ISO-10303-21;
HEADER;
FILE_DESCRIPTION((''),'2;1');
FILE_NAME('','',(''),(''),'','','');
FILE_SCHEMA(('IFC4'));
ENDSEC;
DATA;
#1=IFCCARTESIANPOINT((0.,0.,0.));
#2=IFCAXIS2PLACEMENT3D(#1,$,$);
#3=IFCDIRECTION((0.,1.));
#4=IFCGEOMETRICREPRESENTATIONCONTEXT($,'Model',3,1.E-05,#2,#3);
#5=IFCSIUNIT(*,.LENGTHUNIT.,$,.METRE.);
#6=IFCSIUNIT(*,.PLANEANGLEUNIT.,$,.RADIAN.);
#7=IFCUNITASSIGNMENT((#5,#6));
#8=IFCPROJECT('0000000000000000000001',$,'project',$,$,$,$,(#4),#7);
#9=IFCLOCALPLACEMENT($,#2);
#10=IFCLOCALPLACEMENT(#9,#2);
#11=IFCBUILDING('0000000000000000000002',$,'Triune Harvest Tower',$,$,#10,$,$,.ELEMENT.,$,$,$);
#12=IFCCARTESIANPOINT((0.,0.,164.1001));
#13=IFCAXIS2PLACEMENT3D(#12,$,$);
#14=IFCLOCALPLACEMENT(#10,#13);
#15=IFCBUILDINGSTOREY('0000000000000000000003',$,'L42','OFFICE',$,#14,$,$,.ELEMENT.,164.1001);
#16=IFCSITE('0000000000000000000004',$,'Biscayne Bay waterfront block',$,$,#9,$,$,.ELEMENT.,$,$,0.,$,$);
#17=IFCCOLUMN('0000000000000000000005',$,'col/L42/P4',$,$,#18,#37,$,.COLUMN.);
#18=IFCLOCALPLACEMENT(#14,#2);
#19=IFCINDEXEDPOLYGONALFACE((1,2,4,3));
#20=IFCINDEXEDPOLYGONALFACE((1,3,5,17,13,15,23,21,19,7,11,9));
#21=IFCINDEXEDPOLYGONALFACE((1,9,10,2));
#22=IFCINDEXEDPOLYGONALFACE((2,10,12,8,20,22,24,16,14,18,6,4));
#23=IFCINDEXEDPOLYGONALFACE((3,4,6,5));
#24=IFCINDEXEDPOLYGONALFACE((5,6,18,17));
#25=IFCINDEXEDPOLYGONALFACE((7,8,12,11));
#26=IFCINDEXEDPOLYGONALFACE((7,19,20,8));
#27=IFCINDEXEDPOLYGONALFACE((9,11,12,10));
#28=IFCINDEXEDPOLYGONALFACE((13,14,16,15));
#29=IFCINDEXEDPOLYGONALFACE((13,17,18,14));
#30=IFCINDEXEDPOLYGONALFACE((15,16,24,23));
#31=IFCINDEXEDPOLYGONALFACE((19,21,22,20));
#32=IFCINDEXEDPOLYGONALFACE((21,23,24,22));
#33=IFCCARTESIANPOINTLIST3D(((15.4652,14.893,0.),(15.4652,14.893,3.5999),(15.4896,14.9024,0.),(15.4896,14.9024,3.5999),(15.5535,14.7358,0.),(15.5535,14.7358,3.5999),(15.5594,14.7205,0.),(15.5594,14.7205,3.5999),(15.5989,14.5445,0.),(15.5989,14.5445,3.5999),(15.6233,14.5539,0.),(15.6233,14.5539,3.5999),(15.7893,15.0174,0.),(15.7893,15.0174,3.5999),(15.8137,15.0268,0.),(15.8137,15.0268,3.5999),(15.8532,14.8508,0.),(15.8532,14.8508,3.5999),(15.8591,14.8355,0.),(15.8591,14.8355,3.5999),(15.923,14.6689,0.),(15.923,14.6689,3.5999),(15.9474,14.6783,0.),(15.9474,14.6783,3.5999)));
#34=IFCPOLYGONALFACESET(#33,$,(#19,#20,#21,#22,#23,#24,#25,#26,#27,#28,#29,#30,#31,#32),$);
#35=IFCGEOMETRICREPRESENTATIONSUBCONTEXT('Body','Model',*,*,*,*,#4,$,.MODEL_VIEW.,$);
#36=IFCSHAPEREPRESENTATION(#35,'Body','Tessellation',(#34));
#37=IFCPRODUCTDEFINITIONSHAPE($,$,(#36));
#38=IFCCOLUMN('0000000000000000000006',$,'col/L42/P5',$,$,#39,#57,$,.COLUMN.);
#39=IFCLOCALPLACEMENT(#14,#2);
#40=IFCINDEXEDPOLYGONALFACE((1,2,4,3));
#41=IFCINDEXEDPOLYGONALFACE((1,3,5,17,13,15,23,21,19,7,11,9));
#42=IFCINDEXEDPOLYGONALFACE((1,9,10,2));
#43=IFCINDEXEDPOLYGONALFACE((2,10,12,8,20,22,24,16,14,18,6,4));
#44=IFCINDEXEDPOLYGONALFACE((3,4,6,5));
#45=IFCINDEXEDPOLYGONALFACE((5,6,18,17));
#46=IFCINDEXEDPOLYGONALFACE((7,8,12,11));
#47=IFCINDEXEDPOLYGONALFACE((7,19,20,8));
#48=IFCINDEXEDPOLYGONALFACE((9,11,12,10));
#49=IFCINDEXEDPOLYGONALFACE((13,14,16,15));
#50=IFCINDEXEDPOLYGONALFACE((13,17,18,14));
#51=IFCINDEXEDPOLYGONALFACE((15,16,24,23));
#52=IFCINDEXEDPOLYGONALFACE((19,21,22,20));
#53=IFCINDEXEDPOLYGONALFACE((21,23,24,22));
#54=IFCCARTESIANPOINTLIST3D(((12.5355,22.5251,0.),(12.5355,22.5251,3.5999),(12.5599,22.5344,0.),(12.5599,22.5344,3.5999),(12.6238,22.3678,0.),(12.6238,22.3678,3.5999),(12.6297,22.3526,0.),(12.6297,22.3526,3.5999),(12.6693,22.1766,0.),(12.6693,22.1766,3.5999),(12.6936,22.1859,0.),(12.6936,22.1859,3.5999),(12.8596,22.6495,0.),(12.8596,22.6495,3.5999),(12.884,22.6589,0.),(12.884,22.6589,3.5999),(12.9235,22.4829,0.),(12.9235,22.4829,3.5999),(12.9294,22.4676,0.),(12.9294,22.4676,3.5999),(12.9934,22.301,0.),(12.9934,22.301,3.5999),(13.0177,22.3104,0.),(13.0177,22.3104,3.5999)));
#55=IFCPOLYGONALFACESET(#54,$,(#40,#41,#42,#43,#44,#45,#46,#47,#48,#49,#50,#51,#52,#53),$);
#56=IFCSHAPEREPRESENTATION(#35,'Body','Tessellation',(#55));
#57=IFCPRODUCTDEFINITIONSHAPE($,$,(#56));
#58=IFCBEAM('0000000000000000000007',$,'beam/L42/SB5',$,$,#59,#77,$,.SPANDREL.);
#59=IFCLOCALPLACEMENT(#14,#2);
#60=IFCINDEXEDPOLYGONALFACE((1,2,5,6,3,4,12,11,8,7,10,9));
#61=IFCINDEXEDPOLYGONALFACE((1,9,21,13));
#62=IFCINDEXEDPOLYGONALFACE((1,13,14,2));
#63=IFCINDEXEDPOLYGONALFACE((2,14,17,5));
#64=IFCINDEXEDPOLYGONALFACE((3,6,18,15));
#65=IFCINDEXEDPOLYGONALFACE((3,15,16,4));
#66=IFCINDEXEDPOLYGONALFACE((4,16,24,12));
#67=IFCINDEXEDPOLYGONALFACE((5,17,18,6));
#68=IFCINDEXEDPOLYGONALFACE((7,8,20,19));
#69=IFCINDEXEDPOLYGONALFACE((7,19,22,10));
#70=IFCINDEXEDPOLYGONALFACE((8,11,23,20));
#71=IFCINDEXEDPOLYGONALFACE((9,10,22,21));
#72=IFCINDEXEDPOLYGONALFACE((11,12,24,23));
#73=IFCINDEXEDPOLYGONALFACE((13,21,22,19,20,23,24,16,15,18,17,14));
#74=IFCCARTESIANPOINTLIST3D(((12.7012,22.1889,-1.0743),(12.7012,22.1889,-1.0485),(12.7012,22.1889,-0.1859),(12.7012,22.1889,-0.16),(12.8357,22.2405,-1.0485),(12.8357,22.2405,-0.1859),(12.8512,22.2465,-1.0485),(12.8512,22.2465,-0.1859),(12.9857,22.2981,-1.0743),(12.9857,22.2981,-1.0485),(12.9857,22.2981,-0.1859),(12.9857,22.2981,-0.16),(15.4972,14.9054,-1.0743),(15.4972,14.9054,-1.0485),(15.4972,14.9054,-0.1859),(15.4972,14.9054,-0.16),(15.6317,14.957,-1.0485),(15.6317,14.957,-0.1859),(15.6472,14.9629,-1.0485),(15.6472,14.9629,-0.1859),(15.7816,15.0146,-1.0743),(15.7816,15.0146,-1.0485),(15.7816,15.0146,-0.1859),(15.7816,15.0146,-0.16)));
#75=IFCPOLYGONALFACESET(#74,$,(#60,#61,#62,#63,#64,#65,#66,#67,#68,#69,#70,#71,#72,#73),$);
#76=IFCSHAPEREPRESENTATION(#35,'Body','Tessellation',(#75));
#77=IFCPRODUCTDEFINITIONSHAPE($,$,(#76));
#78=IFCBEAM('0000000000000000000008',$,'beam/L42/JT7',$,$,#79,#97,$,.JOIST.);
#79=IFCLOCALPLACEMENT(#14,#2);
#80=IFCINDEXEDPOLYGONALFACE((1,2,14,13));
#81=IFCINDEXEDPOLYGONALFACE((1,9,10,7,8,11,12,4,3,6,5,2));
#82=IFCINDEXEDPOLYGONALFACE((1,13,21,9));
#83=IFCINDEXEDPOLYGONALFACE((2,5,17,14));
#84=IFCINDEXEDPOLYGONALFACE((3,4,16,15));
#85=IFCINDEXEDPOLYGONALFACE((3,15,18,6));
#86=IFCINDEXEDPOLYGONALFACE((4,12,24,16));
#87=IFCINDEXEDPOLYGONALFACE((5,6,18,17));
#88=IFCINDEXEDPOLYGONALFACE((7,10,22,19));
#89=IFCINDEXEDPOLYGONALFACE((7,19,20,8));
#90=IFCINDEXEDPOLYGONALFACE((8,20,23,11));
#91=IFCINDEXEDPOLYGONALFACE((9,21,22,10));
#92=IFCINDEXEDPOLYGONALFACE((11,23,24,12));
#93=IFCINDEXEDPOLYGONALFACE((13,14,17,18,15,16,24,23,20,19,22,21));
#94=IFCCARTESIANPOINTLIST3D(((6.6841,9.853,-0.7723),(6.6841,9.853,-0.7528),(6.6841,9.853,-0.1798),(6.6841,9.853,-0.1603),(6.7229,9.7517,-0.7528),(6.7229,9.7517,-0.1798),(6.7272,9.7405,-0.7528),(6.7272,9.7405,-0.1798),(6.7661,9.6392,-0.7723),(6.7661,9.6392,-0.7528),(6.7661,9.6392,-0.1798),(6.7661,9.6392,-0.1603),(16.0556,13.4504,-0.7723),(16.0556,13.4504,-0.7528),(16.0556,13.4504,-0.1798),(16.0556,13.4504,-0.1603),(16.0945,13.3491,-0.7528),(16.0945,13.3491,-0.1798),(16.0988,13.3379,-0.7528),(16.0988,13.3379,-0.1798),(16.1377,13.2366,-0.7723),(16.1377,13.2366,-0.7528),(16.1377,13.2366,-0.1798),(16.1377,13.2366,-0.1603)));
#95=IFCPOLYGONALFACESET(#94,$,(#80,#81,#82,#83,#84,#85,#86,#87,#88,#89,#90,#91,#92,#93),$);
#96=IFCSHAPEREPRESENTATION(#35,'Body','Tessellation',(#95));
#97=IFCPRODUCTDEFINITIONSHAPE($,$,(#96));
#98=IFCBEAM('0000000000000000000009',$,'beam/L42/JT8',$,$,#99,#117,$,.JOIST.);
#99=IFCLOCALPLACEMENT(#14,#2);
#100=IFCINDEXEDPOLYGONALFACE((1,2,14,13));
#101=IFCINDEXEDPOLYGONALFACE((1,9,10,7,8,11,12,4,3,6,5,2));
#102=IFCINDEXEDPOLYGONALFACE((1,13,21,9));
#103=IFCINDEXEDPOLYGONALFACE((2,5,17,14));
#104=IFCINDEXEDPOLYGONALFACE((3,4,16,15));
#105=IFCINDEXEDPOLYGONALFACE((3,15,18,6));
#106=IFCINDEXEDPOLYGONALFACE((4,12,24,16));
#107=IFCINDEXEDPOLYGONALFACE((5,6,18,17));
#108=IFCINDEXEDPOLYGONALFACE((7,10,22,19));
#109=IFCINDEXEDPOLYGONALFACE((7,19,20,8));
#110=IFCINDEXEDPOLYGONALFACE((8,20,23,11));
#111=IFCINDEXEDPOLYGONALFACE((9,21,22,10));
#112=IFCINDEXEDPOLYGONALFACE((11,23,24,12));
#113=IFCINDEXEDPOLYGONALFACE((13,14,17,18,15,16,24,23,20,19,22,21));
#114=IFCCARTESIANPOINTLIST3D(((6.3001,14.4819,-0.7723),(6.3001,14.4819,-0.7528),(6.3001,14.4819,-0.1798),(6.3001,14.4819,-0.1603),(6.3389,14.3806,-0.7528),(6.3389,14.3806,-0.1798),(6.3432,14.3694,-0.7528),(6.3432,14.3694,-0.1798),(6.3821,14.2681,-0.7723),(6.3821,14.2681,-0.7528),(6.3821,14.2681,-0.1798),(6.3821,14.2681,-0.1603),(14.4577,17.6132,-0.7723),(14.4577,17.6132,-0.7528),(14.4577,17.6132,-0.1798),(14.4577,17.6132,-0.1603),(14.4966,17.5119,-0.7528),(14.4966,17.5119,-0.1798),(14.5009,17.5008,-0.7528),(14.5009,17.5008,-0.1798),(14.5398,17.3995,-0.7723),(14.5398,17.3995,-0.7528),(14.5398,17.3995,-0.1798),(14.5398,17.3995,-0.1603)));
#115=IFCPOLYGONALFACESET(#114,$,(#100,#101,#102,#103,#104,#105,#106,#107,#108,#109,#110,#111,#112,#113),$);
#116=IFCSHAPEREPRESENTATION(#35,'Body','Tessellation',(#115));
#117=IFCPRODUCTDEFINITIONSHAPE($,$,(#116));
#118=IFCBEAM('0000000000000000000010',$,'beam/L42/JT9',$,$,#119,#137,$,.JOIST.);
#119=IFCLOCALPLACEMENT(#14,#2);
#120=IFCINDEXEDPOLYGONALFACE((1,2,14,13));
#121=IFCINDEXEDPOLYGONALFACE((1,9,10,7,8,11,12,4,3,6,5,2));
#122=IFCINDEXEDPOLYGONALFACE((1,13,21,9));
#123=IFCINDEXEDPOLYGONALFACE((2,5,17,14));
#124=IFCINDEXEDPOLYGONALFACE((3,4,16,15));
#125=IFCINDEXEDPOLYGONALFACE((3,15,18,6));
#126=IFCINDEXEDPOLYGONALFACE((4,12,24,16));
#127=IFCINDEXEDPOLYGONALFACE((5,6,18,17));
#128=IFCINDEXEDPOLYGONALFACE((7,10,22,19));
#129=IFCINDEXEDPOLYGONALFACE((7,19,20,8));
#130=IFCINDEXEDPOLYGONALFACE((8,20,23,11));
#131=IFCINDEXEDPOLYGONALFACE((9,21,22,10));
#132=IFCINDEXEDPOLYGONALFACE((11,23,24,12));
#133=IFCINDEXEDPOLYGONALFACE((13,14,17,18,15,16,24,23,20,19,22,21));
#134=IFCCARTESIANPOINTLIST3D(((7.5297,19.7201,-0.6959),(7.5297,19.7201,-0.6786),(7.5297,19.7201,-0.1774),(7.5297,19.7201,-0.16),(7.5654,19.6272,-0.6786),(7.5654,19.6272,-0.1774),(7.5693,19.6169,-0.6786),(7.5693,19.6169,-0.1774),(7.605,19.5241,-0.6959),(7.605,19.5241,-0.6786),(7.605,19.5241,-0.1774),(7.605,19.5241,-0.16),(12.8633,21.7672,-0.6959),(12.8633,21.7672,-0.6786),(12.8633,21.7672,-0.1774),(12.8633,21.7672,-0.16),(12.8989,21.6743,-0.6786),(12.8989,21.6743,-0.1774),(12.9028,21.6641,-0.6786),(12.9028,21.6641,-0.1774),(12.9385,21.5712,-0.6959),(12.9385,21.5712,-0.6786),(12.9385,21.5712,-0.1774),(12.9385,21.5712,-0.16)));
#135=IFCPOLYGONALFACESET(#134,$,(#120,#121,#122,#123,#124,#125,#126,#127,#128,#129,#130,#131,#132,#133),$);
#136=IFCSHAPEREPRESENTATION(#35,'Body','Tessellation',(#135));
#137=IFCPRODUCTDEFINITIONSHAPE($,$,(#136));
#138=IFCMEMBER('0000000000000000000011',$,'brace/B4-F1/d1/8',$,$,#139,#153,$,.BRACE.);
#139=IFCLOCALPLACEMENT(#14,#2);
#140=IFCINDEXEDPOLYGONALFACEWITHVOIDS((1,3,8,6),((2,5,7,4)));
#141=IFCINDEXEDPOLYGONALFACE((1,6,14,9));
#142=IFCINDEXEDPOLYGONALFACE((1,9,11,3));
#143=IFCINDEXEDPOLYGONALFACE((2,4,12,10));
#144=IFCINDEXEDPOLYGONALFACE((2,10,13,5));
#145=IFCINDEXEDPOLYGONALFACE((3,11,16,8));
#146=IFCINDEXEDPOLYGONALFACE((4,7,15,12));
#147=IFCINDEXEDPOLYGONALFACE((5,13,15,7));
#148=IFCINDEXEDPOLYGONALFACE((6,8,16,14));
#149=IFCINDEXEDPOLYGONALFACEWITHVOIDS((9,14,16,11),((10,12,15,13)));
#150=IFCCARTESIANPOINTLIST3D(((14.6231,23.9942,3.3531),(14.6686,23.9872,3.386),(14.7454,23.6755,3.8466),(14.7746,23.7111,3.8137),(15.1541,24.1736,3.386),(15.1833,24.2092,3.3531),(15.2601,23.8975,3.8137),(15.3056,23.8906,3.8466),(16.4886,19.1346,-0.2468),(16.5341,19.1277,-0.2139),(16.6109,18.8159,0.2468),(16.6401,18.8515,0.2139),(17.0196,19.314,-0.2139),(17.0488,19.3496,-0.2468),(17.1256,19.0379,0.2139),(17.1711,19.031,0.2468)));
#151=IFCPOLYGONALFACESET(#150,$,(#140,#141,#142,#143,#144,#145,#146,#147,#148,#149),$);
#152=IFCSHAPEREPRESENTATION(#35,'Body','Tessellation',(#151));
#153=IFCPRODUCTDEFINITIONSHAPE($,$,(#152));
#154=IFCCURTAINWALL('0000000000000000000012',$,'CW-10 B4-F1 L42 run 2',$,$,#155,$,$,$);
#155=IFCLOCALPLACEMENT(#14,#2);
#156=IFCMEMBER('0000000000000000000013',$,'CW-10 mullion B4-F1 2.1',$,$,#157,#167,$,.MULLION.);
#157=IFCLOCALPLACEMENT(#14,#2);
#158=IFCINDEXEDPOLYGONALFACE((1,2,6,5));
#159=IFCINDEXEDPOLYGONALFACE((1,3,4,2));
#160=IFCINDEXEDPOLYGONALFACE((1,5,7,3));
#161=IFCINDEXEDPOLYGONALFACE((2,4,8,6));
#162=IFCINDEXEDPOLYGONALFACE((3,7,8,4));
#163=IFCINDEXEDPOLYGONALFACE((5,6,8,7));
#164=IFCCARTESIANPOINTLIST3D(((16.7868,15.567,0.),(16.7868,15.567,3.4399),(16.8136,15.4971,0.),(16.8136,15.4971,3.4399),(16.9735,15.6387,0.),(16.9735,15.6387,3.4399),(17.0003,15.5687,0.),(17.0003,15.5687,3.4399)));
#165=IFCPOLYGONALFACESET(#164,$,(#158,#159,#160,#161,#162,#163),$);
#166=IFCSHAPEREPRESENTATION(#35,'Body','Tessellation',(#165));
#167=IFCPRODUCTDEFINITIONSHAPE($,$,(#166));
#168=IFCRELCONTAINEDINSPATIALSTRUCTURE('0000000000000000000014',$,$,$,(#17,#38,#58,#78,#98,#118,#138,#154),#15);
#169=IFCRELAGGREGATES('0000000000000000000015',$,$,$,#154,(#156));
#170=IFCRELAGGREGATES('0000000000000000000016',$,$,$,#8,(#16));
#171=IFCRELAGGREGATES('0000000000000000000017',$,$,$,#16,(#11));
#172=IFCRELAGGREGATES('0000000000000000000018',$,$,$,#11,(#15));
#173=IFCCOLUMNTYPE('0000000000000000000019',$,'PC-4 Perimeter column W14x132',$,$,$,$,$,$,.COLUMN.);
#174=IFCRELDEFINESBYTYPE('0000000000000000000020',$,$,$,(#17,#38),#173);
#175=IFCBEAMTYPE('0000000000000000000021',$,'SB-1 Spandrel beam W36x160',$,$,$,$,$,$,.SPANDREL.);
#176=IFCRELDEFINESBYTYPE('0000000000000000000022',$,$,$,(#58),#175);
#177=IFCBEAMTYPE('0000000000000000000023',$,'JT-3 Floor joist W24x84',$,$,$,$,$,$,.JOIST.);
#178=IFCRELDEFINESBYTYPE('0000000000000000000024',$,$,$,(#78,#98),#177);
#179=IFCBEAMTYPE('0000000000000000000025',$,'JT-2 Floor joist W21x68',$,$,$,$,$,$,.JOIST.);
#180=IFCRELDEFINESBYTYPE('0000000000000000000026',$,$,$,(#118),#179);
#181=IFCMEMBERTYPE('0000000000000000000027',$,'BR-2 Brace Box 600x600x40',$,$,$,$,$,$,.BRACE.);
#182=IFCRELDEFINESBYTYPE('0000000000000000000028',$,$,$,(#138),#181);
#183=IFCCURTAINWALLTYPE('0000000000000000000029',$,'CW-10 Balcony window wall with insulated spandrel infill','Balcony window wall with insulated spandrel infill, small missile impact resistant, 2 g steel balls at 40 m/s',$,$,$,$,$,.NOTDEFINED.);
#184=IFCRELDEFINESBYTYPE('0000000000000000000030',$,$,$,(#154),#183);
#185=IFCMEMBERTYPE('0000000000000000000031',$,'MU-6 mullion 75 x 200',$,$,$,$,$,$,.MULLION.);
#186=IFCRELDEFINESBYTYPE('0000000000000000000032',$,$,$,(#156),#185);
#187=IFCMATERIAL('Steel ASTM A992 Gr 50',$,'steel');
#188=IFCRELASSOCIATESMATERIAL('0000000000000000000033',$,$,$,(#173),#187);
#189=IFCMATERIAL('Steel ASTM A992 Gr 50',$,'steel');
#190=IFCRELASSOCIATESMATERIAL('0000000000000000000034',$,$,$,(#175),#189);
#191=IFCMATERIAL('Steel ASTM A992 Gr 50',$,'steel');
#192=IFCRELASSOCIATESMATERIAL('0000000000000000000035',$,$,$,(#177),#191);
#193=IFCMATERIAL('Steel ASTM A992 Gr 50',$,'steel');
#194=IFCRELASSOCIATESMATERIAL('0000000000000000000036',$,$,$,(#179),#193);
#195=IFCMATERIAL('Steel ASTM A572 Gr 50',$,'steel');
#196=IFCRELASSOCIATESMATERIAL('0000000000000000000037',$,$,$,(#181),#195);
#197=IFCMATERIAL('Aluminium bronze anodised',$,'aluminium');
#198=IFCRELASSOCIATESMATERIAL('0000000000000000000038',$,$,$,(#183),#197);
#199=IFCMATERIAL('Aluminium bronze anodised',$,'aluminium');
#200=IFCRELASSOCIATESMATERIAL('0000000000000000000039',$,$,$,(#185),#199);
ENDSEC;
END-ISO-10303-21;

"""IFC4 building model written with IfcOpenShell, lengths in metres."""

from ifc_helpers import new_model, si_unit, direction, frame, origin, origin_2d, place, context, subcontext, project, spatial, rectangle, hollow_rectangle, i_section, extrude, source, transform, mapped, material, material_profile, profile_set, type_object, element, aggregate, save


model = new_model("IFC4")

# Units and contexts
model_context = context("Model", 3, precision=1e-05, world=origin(), true_north=direction((0.0, 1.0)))
body_context = subcontext(model_context, "Body", "Model", "MODEL_VIEW")
ifc_project = project(units=[si_unit("LENGTHUNIT", "METRE"), si_unit("PLANEANGLEUNIT", "RADIAN")], contexts=[model_context])

# Site, building, storey
site_placement = place(None, origin())
site = spatial("IfcSite", under=ifc_project, at=site_placement, Name="Biscayne Bay waterfront block", CompositionType="ELEMENT", RefElevation=0.0)
building_placement = place(site_placement, origin())
building = spatial("IfcBuilding", under=site, at=building_placement, Name="Triune Harvest Tower", CompositionType="ELEMENT")
storey_placement = place(building_placement, frame((0.0, 0.0, 164.1001)))
storey = spatial("IfcBuildingStorey", under=building, at=storey_placement, Name="L42", Description="OFFICE", CompositionType="ELEMENT", Elevation=164.1001)

# Columns
ifc_material_1 = material(Name="Steel ASTM A992 Gr 50", Category="steel")
ifc_material_profile_1 = material_profile(ifc_material_1, i_section(OverallWidth=0.3733, OverallDepth=0.3733, WebThickness=0.0164, FlangeThickness=0.0261, at=origin_2d()), Name="W14x132")
ifc_profile_set_1 = profile_set([ifc_material_profile_1], Name="Steel ASTM A992 Gr 50")
column_type = type_object("IfcColumnType", Name="PC-4 Perimeter column W14x132", PredefinedType="COLUMN", material=ifc_profile_set_1)
shared_shape_1 = source(origin(), body_context, "Body", "SweptSolid", [
    extrude(i_section(OverallWidth=0.3733, OverallDepth=0.3733, WebThickness=0.0164, FlangeThickness=0.0261, at=origin_2d()), origin(), (0.0, 0.0, 1.0), 3.5999),
])
for number, where, z_axis, x_axis, name in (
    (1, (15.7063, 14.7856, 0.0), (0.0, 0.0, 1.0), (-0.358368, 0.93358, 0.0), "col/L42/P4"),
    (2, (12.7766, 22.4177, 0.0), (0.0, 0.0, 1.0), (-0.358368, 0.93358, 0.0), "col/L42/P5"),
):
    element("IfcColumn", number, at=place(storey_placement, frame(where, z_axis=z_axis, x_axis=x_axis)), inside=storey, type_object=column_type, Name=name, PredefinedType="COLUMN", context=body_context, shape_type="MappedRepresentation", body=[
        mapped(shared_shape_1, transform((0.0, 0.0, 0.0), scale=1.0)),
    ])

# Beams
ifc_material_2 = material(Name="Steel ASTM A992 Gr 50", Category="steel")
ifc_material_profile_2 = material_profile(ifc_material_2, i_section(OverallWidth=0.3047, OverallDepth=0.9143, WebThickness=0.0166, FlangeThickness=0.0259, at=origin_2d()), Name="W36x160")
ifc_profile_set_2 = profile_set([ifc_material_profile_2], Name="Steel ASTM A992 Gr 50")
beam_type_1 = type_object("IfcBeamType", Name="SB-1 Spandrel beam W36x160", PredefinedType="SPANDREL", material=ifc_profile_set_2)
shared_shape_2 = source(origin(), body_context, "Body", "SweptSolid", [
    extrude(i_section(OverallWidth=0.3047, OverallDepth=0.9143, WebThickness=0.0166, FlangeThickness=0.0259, at=origin_2d()), origin(), (0.0, 0.0, 1.0), 7.8018),
])
beam_1_placement = place(storey_placement, frame((15.6394, 14.96, -0.6172), z_axis=(-0.358373, 0.933578, 0.0), x_axis=(-0.933578, -0.358373, 0.0)))
element("IfcBeam", 3, at=beam_1_placement, inside=storey, type_object=beam_type_1, Name="beam/L42/SB5", PredefinedType="SPANDREL", context=body_context, shape_type="MappedRepresentation", body=[
    mapped(shared_shape_2, transform((0.0, 0.0, 0.0), scale=1.0)),
])
ifc_material_3 = material(Name="Steel ASTM A992 Gr 50", Category="steel")
ifc_material_profile_3 = material_profile(ifc_material_3, i_section(OverallWidth=0.229, OverallDepth=0.6121, WebThickness=0.012, FlangeThickness=0.0195, at=origin_2d()), Name="W24x84")
ifc_profile_set_3 = profile_set([ifc_material_profile_3], Name="Steel ASTM A992 Gr 50")
beam_type_2 = type_object("IfcBeamType", Name="JT-3 Floor joist W24x84", PredefinedType="JOIST", material=ifc_profile_set_3)
shared_shape_3 = source(origin(), body_context, "Body", "SweptSolid", [
    extrude(i_section(OverallWidth=0.229, OverallDepth=0.6121, WebThickness=0.012, FlangeThickness=0.0195, at=origin_2d()), origin(), (0.0, 0.0, 1.0), 10.0383),
])
beam_2_placement = place(storey_placement, frame((16.0967, 13.3435, -0.4663), z_axis=(-0.93358, -0.358368, 0.0), x_axis=(0.358368, -0.93358, 0.0)))
element("IfcBeam", 4, at=beam_2_placement, inside=storey, type_object=beam_type_2, Name="beam/L42/JT7", PredefinedType="JOIST", context=body_context, shape_type="MappedRepresentation", body=[
    mapped(shared_shape_3, transform((0.0, 0.0, 0.0), scale=1.0)),
])
shared_shape_4 = source(origin(), body_context, "Body", "SweptSolid", [
    extrude(i_section(OverallWidth=0.229, OverallDepth=0.6121, WebThickness=0.012, FlangeThickness=0.0195, at=origin_2d()), origin(), (0.0, 0.0, 1.0), 8.738),
])
beam_3_placement = place(storey_placement, frame((14.4988, 17.5063, -0.4663), z_axis=(-0.933584, -0.358357, 0.0), x_axis=(0.358357, -0.933584, 0.0)))
element("IfcBeam", 5, at=beam_3_placement, inside=storey, type_object=beam_type_2, Name="beam/L42/JT8", PredefinedType="JOIST", context=body_context, shape_type="MappedRepresentation", body=[
    mapped(shared_shape_4, transform((0.0, 0.0, 0.0), scale=1.0)),
])
ifc_material_4 = material(Name="Steel ASTM A992 Gr 50", Category="steel")
ifc_material_profile_4 = material_profile(ifc_material_4, i_section(OverallWidth=0.21, OverallDepth=0.5359, WebThickness=0.011, FlangeThickness=0.0173, at=origin_2d()), Name="W21x68")
ifc_profile_set_4 = profile_set([ifc_material_profile_4], Name="Steel ASTM A992 Gr 50")
beam_type_3 = type_object("IfcBeamType", Name="JT-2 Floor joist W21x68", PredefinedType="JOIST", material=ifc_profile_set_4)
shared_shape_5 = source(origin(), body_context, "Body", "SweptSolid", [
    extrude(i_section(OverallWidth=0.21, OverallDepth=0.5359, WebThickness=0.011, FlangeThickness=0.0173, at=origin_2d()), origin(), (0.0, 0.0, 1.0), 5.7129),
])
beam_4_placement = place(storey_placement, frame((12.9009, 21.6692, -0.428), z_axis=(-0.933593, -0.358335, 0.0), x_axis=(0.358335, -0.933593, 0.0)))
element("IfcBeam", 6, at=beam_4_placement, inside=storey, type_object=beam_type_3, Name="beam/L42/JT9", PredefinedType="JOIST", context=body_context, shape_type="MappedRepresentation", body=[
    mapped(shared_shape_5, transform((0.0, 0.0, 0.0), scale=1.0)),
])

# Member
ifc_material_5 = material(Name="Steel ASTM A572 Gr 50", Category="steel")
ifc_material_profile_5 = material_profile(ifc_material_5, hollow_rectangle(XDim=0.6001, YDim=0.6001, WallThickness=0.04, at=origin_2d()), Name="Box 600x600x40")
ifc_profile_set_5 = profile_set([ifc_material_profile_5], Name="Steel ASTM A572 Gr 50")
member_type_1 = type_object("IfcMemberType", Name="BR-2 Brace Box 600x600x40", PredefinedType="BRACE", material=ifc_profile_set_5)
shared_shape_6 = source(origin(), body_context, "Body", "SweptSolid", [
    extrude(hollow_rectangle(XDim=0.6001, YDim=0.6001, WallThickness=0.04, at=origin_2d()), origin(), (0.0, 0.0, 1.0), 6.3289),
])
member_1_placement = place(storey_placement, frame((16.8298, 19.0828, 0.0), z_axis=(-0.294756, 0.767847, 0.568797), x_axis=(-0.933578, -0.358376, 0.0)))
element("IfcMember", 7, at=member_1_placement, inside=storey, type_object=member_type_1, Name="brace/B4-F1/d1/8", PredefinedType="BRACE", context=body_context, shape_type="MappedRepresentation", body=[
    mapped(shared_shape_6, transform((0.0, 0.0, 0.0), scale=1.0)),
])

# Curtain wall, member
ifc_material_6 = material(Name="Aluminium bronze anodised", Category="aluminium")
curtain_wall_type = type_object("IfcCurtainWallType", Name="CW-10 Balcony window wall with insulated spandrel infill", Description="Balcony window wall with insulated spandrel infill, small missile impact resistant, 2 g steel balls at 40 m/s", PredefinedType="NOTDEFINED", material=ifc_material_6)
curtain_wall_placement = place(storey_placement, origin())
curtain_wall = element("IfcCurtainWall", 8, at=curtain_wall_placement, inside=storey, type_object=curtain_wall_type, Name="CW-10 B4-F1 L42 run 2")
ifc_material_7 = material(Name="Aluminium bronze anodised", Category="aluminium")
ifc_material_profile_6 = material_profile(ifc_material_7, rectangle(XDim=0.2, YDim=0.075, at=origin_2d()), Name="MU-6 mullion 75 x 200")
ifc_profile_set_6 = profile_set([ifc_material_profile_6], Name="Aluminium bronze anodised")
member_type_2 = type_object("IfcMemberType", Name="MU-6 mullion 75 x 200", PredefinedType="MULLION", material=ifc_profile_set_6)
shared_shape_7 = source(origin(), body_context, "Body", "SweptSolid", [
    extrude(rectangle(XDim=0.2, YDim=0.075, at=origin_2d()), origin(), (0.0, 0.0, 1.0), 3.4399),
])
member_2_placement = place(storey_placement, frame((16.8936, 15.5679, 0.0), z_axis=(0.0, 0.0, 1.0), x_axis=(-0.933582, -0.358365, 0.0)))
member_2 = element("IfcMember", 9, at=member_2_placement, type_object=member_type_2, Name="CW-10 mullion B4-F1 2.1", PredefinedType="MULLION", context=body_context, shape_type="MappedRepresentation", body=[
    mapped(shared_shape_7, transform((0.0, 0.0, 0.0), scale=1.0)),
])

aggregate(curtain_wall, [member_2])

save(model, "model.ifc")
